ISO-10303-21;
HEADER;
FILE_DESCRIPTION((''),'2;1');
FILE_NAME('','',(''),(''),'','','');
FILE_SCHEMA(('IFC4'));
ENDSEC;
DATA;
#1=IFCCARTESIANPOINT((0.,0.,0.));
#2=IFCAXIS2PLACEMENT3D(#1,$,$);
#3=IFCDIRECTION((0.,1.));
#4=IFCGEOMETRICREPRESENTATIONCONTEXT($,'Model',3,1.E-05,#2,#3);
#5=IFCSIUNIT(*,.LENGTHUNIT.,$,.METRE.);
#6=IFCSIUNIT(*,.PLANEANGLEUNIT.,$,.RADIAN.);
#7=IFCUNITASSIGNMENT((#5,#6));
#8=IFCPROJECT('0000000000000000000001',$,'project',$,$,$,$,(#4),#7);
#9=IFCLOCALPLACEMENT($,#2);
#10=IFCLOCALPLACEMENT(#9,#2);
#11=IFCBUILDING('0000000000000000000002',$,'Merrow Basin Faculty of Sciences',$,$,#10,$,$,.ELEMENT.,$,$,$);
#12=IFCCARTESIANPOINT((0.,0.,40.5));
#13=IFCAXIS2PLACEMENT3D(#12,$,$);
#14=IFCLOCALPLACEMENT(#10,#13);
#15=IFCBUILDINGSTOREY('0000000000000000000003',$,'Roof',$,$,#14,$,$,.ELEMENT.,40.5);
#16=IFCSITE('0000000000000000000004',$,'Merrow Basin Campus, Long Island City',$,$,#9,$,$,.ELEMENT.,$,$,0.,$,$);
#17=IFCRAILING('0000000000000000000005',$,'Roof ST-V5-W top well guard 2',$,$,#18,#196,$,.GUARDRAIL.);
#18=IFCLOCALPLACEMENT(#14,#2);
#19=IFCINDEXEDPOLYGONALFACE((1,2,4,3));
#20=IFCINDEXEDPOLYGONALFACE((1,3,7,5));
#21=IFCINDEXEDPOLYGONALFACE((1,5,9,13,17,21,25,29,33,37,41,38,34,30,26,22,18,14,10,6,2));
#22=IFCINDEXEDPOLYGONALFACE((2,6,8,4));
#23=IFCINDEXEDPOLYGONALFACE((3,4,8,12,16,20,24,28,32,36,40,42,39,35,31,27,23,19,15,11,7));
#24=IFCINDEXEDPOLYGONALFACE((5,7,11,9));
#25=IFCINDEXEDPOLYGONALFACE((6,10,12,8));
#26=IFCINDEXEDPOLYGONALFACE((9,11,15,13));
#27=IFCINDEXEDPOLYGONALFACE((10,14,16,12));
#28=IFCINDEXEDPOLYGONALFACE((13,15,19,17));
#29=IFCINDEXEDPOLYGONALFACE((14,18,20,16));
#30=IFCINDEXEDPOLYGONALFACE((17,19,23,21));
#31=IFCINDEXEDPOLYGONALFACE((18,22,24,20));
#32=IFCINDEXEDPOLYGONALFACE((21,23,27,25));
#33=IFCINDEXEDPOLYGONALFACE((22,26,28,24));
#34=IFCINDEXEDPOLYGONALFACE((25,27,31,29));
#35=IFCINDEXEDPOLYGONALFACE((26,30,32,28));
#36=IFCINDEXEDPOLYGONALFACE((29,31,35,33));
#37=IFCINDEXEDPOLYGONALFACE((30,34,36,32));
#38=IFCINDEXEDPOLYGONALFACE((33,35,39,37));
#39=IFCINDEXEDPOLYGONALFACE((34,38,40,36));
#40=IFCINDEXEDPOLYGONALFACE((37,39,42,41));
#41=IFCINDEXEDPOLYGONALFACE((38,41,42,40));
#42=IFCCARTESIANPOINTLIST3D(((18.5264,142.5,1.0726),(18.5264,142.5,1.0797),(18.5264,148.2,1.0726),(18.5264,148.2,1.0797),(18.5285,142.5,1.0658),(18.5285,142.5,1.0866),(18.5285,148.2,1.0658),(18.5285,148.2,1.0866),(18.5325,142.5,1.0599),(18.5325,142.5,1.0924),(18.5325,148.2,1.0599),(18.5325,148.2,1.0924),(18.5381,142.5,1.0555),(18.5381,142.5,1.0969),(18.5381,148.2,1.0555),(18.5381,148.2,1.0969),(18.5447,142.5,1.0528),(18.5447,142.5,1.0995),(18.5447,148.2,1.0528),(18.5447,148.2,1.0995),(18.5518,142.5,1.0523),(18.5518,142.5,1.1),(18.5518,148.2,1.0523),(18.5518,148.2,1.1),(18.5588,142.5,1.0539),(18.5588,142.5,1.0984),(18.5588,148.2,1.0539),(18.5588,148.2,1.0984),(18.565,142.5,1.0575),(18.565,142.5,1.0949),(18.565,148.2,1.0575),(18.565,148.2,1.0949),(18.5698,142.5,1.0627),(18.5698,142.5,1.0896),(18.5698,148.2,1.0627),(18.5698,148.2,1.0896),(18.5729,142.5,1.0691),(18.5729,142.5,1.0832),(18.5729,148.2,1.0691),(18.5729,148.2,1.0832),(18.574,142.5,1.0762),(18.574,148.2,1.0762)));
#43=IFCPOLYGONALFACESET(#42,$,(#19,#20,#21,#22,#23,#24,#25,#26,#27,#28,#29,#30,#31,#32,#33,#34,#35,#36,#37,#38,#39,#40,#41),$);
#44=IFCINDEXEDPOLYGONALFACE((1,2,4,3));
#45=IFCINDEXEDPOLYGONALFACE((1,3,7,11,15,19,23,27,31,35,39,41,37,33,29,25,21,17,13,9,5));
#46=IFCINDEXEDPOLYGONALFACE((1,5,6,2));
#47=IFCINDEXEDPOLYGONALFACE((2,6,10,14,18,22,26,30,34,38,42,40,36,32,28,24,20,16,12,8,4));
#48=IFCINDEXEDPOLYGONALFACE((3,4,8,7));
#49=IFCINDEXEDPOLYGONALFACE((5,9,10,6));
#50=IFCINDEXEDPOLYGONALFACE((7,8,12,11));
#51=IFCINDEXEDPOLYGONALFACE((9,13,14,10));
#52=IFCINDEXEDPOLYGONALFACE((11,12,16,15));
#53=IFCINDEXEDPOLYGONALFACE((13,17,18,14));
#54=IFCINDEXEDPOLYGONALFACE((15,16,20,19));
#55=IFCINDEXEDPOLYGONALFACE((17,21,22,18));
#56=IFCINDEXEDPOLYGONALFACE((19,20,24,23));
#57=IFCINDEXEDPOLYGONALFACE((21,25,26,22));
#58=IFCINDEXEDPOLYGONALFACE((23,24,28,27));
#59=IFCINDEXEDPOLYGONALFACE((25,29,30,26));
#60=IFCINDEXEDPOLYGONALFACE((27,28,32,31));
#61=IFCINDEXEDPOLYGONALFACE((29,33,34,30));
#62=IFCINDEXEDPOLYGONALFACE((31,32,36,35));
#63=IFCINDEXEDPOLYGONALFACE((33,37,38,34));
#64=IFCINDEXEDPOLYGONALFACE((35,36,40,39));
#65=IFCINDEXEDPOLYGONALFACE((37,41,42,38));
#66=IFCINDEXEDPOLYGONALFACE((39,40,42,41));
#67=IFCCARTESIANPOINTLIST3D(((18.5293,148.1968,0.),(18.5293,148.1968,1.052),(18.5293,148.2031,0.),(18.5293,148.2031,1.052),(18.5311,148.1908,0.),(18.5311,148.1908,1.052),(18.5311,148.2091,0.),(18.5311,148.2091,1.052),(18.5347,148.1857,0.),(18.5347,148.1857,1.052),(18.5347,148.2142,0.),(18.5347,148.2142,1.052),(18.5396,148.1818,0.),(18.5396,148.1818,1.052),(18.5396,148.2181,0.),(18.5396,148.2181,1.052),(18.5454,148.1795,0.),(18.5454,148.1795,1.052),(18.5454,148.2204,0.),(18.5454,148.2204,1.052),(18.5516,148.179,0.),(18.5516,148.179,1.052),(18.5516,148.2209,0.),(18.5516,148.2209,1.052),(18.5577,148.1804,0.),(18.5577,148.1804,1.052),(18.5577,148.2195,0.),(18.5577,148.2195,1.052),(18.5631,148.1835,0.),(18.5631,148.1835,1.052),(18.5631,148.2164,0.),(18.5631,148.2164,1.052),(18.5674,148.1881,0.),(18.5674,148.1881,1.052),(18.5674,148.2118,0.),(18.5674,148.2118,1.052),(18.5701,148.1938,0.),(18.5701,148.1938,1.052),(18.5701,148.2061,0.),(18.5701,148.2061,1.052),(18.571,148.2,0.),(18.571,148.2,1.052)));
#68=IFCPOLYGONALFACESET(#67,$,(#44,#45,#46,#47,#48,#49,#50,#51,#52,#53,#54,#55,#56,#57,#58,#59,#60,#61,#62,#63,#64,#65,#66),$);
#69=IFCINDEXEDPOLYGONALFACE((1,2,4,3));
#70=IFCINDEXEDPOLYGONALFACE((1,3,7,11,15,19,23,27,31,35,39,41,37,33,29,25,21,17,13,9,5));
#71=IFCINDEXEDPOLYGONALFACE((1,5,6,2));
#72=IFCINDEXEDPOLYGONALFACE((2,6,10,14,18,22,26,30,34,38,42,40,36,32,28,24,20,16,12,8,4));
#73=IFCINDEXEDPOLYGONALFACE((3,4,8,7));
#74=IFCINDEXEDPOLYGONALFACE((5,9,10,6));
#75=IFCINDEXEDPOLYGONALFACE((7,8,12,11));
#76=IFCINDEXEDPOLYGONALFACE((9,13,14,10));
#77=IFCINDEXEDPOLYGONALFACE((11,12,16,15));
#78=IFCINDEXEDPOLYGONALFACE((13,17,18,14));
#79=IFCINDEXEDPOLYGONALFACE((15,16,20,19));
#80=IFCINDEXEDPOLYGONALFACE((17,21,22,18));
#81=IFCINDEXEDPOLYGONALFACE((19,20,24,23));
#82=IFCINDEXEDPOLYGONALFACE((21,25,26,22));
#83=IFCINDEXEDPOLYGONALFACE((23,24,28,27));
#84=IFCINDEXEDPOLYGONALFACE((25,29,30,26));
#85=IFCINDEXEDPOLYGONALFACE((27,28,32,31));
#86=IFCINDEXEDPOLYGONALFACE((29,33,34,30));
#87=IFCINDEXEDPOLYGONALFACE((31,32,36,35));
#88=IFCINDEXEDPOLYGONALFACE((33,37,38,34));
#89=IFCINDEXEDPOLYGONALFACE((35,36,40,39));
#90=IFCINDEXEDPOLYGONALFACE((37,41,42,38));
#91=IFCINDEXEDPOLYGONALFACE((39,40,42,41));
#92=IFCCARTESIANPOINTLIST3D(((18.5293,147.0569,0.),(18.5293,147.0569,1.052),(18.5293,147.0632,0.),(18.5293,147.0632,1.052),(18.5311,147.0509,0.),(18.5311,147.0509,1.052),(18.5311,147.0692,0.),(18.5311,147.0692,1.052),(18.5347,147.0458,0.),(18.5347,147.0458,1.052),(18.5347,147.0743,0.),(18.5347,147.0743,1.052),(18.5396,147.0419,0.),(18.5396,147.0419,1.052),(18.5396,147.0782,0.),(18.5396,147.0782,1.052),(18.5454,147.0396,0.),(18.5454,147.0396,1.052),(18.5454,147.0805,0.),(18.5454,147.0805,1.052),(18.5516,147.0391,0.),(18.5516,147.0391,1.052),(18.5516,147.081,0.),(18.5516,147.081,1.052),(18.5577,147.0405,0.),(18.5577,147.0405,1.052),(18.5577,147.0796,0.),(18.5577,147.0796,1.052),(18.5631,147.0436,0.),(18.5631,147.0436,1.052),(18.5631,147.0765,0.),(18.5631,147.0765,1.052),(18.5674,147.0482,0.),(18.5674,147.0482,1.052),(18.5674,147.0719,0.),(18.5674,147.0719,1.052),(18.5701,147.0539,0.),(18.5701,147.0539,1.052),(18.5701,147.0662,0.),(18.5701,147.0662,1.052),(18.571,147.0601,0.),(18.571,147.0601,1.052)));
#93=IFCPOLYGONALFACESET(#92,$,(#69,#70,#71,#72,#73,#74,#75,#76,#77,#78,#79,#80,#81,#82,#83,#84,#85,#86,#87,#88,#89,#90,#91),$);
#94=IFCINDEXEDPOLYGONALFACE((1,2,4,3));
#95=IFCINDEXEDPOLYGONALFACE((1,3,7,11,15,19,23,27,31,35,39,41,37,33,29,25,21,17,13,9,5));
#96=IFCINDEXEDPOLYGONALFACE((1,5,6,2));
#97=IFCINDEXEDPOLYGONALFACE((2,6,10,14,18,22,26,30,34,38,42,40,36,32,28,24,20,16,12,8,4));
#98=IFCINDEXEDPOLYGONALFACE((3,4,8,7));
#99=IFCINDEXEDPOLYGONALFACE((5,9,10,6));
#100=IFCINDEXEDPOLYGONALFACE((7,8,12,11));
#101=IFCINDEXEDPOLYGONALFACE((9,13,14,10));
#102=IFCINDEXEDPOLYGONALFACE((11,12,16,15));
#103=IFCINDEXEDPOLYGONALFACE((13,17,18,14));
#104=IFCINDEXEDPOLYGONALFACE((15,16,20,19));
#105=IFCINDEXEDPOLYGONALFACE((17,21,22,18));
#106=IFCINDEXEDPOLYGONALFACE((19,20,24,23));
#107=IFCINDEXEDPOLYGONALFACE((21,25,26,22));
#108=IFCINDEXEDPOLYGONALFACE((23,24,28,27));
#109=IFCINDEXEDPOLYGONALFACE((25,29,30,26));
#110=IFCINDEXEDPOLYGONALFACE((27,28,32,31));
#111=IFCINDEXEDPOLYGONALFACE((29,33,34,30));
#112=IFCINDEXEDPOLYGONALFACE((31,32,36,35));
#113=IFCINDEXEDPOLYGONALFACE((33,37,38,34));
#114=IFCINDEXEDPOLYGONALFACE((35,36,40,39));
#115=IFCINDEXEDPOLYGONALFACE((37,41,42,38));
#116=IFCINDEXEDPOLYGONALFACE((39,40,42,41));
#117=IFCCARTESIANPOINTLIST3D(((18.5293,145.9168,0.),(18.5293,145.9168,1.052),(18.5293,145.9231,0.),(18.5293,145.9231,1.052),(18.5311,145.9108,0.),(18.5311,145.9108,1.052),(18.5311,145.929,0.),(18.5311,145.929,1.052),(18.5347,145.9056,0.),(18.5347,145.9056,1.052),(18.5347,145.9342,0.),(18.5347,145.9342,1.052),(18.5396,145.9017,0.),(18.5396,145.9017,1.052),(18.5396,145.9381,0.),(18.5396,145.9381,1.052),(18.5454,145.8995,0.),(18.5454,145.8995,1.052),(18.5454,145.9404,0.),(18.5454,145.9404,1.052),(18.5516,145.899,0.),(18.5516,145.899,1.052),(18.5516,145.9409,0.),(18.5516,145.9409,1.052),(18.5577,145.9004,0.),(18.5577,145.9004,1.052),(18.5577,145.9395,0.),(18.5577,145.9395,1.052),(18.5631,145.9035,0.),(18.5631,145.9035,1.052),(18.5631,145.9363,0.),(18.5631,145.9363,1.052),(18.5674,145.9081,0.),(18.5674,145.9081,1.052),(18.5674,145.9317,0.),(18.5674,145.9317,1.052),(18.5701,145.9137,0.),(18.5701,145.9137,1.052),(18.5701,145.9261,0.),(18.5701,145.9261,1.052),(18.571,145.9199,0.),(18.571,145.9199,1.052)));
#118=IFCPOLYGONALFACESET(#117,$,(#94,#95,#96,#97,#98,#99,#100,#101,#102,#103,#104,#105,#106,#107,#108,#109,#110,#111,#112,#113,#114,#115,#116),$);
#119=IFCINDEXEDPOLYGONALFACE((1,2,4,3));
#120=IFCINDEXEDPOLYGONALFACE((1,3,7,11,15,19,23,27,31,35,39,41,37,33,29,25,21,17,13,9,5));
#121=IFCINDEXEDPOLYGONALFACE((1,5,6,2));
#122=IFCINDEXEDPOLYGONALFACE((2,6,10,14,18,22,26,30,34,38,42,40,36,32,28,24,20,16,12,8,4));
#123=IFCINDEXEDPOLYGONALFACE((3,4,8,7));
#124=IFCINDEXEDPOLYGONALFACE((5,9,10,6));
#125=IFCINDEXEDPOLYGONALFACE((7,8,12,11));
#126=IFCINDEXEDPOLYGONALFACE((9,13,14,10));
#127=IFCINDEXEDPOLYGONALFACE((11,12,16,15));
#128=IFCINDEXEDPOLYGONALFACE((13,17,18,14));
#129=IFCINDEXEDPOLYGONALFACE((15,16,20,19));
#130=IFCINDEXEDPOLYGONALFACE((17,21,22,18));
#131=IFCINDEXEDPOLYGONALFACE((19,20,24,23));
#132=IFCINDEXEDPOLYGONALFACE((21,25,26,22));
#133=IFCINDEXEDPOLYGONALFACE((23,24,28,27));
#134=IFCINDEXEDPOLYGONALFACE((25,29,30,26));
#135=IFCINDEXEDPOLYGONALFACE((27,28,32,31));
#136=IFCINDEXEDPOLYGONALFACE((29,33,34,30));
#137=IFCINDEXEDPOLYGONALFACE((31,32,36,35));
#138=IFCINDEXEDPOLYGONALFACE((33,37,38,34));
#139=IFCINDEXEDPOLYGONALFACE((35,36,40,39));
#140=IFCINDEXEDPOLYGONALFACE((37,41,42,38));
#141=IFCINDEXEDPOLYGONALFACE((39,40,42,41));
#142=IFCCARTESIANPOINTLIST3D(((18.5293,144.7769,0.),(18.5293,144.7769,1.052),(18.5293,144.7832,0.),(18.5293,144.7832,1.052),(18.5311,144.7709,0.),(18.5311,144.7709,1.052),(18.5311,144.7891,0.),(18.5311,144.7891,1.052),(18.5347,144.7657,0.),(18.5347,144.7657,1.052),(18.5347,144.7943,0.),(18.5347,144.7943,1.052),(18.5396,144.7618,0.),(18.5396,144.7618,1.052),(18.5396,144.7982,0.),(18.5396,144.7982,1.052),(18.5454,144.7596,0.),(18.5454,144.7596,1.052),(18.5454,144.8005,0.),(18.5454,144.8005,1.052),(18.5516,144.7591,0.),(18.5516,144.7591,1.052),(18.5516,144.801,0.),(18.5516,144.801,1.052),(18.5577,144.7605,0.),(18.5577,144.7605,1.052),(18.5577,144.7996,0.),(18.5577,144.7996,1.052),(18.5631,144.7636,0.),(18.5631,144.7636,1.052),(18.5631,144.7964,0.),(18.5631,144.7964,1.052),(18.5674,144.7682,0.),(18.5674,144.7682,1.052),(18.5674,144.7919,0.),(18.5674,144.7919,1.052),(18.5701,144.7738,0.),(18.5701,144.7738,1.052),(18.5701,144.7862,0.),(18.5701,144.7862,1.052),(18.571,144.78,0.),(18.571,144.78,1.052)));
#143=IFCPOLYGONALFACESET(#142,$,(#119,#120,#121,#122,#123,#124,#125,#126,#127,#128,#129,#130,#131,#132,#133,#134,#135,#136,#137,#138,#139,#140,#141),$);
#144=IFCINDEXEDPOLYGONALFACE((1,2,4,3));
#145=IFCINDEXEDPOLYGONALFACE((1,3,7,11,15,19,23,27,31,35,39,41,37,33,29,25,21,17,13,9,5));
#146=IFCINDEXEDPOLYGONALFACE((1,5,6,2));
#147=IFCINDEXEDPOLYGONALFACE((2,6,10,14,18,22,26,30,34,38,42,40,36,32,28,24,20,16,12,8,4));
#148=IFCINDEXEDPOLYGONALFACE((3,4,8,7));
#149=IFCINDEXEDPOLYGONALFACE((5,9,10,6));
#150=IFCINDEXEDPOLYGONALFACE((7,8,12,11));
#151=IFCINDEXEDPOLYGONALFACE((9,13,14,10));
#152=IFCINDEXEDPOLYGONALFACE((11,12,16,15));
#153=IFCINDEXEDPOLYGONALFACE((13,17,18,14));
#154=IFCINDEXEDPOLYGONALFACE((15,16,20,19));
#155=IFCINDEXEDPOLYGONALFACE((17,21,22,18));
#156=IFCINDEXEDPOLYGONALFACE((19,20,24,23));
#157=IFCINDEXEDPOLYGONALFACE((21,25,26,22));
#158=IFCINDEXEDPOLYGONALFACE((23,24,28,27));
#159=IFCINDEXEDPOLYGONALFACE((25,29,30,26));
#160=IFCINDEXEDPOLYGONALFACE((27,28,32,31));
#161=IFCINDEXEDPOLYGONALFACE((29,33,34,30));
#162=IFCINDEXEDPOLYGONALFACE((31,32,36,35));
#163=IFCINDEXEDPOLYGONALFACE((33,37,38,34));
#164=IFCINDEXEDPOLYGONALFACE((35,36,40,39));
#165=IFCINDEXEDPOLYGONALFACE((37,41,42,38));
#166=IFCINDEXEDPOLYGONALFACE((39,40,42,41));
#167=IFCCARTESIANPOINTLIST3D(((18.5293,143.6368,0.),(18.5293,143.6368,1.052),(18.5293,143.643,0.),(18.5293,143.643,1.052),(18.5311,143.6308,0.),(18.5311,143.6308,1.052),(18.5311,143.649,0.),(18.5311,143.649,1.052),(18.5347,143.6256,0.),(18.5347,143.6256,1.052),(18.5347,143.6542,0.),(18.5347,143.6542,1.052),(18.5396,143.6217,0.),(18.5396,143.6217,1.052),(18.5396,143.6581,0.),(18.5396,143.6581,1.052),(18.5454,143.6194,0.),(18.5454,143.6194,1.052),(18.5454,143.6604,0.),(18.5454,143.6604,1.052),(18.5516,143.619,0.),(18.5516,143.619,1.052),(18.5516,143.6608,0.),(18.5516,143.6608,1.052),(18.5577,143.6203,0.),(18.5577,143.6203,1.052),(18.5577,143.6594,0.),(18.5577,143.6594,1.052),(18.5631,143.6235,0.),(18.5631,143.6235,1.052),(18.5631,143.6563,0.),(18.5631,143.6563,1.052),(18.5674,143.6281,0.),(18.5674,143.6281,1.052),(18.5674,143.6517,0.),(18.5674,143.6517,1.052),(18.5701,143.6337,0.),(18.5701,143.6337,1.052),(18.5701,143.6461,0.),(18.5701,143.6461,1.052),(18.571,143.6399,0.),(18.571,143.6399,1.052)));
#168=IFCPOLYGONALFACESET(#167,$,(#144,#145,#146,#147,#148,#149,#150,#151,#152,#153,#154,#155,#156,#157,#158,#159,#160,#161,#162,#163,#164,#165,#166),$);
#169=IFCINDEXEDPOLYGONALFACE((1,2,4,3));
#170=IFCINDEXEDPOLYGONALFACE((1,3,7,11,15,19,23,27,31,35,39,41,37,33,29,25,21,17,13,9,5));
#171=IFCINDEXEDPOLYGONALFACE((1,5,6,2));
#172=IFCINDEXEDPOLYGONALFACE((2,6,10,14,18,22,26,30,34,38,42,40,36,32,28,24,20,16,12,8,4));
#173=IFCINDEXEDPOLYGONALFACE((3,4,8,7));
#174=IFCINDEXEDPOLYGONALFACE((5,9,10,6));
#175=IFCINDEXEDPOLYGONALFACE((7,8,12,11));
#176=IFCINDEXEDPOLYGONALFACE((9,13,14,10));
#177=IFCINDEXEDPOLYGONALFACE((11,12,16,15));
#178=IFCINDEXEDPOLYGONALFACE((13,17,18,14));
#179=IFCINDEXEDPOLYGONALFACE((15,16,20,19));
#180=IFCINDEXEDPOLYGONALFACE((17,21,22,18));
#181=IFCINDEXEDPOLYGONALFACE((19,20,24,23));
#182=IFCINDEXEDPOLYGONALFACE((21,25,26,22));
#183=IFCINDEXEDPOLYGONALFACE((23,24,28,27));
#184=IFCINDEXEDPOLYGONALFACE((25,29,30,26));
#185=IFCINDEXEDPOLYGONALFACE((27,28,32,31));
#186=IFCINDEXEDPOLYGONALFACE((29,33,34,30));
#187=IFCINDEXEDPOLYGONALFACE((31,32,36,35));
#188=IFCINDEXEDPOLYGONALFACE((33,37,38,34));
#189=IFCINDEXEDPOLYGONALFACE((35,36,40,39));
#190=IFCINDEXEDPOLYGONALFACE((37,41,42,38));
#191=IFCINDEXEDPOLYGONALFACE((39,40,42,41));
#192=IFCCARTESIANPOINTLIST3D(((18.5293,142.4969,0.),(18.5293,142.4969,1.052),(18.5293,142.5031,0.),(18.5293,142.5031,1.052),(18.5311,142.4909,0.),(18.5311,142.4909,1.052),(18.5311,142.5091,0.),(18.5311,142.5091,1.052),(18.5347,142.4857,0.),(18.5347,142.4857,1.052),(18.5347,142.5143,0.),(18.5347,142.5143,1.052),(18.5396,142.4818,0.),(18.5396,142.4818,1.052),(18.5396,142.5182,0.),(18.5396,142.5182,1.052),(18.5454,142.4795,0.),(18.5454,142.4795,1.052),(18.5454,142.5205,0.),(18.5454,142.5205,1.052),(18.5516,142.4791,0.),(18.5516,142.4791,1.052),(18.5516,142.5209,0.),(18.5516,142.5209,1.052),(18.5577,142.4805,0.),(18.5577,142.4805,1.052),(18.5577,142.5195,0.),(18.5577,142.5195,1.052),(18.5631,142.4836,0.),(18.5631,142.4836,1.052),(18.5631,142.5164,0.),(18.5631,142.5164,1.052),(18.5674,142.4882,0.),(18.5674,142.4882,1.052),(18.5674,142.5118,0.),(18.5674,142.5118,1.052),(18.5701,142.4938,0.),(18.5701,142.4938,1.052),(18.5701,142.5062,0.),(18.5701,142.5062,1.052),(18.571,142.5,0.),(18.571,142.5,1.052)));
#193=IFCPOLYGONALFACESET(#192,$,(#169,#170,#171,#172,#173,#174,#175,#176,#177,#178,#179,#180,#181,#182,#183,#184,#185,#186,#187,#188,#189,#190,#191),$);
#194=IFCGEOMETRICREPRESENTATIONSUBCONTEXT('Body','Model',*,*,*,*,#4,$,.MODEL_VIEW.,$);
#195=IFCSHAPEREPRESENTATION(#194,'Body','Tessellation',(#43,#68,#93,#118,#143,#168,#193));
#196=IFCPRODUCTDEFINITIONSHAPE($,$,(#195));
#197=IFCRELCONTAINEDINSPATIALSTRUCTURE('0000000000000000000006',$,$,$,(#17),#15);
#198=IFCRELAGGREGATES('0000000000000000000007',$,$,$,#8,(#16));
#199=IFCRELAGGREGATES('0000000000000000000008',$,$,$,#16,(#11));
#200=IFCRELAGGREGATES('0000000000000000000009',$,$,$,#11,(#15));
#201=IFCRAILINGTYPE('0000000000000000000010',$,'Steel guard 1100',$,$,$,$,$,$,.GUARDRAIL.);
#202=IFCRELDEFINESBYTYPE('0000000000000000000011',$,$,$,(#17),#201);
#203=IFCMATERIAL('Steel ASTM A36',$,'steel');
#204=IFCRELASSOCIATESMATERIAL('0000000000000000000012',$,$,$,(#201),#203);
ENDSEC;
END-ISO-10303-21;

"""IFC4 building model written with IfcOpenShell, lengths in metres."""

from ifc_helpers import new_model, si_unit, direction, frame, origin, origin_2d, place, context, subcontext, project, spatial, circle, extrude, material, type_object, element, save


model = new_model("IFC4")

# Units and contexts
model_context = context("Model", 3, precision=1e-05, world=origin(), true_north=direction((0.0, 1.0)))
body_context = subcontext(model_context, "Body", "Model", "MODEL_VIEW")
ifc_project = project(units=[si_unit("LENGTHUNIT", "METRE"), si_unit("PLANEANGLEUNIT", "RADIAN")], contexts=[model_context])

# Site, building, storey
site_placement = place(None, origin())
site = spatial("IfcSite", under=ifc_project, at=site_placement, Name="Merrow Basin Campus, Long Island City", CompositionType="ELEMENT", RefElevation=0.0)
building_placement = place(site_placement, origin())
building = spatial("IfcBuilding", under=site, at=building_placement, Name="Merrow Basin Faculty of Sciences", CompositionType="ELEMENT")
storey_placement = place(building_placement, frame((0.0, 0.0, 40.5)))
storey = spatial("IfcBuildingStorey", under=building, at=storey_placement, Name="Roof", CompositionType="ELEMENT", Elevation=40.5)

# Railing
ifc_material_1 = material(Name="Steel ASTM A36", Category="steel")
railing_type = type_object("IfcRailingType", Name="Steel guard 1100", PredefinedType="GUARDRAIL", material=ifc_material_1)
railing_1_placement = place(storey_placement, frame((18.55, 148.2, 0.0)))
element("IfcRailing", 1, at=railing_1_placement, inside=storey, type_object=railing_type, Name="Roof ST-V5-W top well guard 2", PredefinedType="GUARDRAIL", context=body_context, shape_type="SweptSolid", body=[
    extrude(circle(Radius=0.0239, at=origin_2d()), frame((0.0, 0.0, 1.0762), z_axis=(0.0, -1.0, 0.0), x_axis=(1.0, 0.0, 0.0)), (0.0, 0.0, 1.0), 5.7),
    extrude(circle(Radius=0.021, at=origin_2d()), origin(), (0.0, 0.0, 1.0), 1.052),
    extrude(circle(Radius=0.021, at=origin_2d()), frame((0.0, -1.1399, 0.0)), (0.0, 0.0, 1.0), 1.052),
    extrude(circle(Radius=0.021, at=origin_2d()), frame((0.0, -2.28, 0.0)), (0.0, 0.0, 1.0), 1.052),
    extrude(circle(Radius=0.021, at=origin_2d()), frame((0.0, -3.4199, 0.0)), (0.0, 0.0, 1.0), 1.052),
    extrude(circle(Radius=0.021, at=origin_2d()), frame((0.0, -4.5601, 0.0)), (0.0, 0.0, 1.0), 1.052),
    extrude(circle(Radius=0.021, at=origin_2d()), frame((0.0, -5.7, 0.0)), (0.0, 0.0, 1.0), 1.052),
])

save(model, "model.ifc")
